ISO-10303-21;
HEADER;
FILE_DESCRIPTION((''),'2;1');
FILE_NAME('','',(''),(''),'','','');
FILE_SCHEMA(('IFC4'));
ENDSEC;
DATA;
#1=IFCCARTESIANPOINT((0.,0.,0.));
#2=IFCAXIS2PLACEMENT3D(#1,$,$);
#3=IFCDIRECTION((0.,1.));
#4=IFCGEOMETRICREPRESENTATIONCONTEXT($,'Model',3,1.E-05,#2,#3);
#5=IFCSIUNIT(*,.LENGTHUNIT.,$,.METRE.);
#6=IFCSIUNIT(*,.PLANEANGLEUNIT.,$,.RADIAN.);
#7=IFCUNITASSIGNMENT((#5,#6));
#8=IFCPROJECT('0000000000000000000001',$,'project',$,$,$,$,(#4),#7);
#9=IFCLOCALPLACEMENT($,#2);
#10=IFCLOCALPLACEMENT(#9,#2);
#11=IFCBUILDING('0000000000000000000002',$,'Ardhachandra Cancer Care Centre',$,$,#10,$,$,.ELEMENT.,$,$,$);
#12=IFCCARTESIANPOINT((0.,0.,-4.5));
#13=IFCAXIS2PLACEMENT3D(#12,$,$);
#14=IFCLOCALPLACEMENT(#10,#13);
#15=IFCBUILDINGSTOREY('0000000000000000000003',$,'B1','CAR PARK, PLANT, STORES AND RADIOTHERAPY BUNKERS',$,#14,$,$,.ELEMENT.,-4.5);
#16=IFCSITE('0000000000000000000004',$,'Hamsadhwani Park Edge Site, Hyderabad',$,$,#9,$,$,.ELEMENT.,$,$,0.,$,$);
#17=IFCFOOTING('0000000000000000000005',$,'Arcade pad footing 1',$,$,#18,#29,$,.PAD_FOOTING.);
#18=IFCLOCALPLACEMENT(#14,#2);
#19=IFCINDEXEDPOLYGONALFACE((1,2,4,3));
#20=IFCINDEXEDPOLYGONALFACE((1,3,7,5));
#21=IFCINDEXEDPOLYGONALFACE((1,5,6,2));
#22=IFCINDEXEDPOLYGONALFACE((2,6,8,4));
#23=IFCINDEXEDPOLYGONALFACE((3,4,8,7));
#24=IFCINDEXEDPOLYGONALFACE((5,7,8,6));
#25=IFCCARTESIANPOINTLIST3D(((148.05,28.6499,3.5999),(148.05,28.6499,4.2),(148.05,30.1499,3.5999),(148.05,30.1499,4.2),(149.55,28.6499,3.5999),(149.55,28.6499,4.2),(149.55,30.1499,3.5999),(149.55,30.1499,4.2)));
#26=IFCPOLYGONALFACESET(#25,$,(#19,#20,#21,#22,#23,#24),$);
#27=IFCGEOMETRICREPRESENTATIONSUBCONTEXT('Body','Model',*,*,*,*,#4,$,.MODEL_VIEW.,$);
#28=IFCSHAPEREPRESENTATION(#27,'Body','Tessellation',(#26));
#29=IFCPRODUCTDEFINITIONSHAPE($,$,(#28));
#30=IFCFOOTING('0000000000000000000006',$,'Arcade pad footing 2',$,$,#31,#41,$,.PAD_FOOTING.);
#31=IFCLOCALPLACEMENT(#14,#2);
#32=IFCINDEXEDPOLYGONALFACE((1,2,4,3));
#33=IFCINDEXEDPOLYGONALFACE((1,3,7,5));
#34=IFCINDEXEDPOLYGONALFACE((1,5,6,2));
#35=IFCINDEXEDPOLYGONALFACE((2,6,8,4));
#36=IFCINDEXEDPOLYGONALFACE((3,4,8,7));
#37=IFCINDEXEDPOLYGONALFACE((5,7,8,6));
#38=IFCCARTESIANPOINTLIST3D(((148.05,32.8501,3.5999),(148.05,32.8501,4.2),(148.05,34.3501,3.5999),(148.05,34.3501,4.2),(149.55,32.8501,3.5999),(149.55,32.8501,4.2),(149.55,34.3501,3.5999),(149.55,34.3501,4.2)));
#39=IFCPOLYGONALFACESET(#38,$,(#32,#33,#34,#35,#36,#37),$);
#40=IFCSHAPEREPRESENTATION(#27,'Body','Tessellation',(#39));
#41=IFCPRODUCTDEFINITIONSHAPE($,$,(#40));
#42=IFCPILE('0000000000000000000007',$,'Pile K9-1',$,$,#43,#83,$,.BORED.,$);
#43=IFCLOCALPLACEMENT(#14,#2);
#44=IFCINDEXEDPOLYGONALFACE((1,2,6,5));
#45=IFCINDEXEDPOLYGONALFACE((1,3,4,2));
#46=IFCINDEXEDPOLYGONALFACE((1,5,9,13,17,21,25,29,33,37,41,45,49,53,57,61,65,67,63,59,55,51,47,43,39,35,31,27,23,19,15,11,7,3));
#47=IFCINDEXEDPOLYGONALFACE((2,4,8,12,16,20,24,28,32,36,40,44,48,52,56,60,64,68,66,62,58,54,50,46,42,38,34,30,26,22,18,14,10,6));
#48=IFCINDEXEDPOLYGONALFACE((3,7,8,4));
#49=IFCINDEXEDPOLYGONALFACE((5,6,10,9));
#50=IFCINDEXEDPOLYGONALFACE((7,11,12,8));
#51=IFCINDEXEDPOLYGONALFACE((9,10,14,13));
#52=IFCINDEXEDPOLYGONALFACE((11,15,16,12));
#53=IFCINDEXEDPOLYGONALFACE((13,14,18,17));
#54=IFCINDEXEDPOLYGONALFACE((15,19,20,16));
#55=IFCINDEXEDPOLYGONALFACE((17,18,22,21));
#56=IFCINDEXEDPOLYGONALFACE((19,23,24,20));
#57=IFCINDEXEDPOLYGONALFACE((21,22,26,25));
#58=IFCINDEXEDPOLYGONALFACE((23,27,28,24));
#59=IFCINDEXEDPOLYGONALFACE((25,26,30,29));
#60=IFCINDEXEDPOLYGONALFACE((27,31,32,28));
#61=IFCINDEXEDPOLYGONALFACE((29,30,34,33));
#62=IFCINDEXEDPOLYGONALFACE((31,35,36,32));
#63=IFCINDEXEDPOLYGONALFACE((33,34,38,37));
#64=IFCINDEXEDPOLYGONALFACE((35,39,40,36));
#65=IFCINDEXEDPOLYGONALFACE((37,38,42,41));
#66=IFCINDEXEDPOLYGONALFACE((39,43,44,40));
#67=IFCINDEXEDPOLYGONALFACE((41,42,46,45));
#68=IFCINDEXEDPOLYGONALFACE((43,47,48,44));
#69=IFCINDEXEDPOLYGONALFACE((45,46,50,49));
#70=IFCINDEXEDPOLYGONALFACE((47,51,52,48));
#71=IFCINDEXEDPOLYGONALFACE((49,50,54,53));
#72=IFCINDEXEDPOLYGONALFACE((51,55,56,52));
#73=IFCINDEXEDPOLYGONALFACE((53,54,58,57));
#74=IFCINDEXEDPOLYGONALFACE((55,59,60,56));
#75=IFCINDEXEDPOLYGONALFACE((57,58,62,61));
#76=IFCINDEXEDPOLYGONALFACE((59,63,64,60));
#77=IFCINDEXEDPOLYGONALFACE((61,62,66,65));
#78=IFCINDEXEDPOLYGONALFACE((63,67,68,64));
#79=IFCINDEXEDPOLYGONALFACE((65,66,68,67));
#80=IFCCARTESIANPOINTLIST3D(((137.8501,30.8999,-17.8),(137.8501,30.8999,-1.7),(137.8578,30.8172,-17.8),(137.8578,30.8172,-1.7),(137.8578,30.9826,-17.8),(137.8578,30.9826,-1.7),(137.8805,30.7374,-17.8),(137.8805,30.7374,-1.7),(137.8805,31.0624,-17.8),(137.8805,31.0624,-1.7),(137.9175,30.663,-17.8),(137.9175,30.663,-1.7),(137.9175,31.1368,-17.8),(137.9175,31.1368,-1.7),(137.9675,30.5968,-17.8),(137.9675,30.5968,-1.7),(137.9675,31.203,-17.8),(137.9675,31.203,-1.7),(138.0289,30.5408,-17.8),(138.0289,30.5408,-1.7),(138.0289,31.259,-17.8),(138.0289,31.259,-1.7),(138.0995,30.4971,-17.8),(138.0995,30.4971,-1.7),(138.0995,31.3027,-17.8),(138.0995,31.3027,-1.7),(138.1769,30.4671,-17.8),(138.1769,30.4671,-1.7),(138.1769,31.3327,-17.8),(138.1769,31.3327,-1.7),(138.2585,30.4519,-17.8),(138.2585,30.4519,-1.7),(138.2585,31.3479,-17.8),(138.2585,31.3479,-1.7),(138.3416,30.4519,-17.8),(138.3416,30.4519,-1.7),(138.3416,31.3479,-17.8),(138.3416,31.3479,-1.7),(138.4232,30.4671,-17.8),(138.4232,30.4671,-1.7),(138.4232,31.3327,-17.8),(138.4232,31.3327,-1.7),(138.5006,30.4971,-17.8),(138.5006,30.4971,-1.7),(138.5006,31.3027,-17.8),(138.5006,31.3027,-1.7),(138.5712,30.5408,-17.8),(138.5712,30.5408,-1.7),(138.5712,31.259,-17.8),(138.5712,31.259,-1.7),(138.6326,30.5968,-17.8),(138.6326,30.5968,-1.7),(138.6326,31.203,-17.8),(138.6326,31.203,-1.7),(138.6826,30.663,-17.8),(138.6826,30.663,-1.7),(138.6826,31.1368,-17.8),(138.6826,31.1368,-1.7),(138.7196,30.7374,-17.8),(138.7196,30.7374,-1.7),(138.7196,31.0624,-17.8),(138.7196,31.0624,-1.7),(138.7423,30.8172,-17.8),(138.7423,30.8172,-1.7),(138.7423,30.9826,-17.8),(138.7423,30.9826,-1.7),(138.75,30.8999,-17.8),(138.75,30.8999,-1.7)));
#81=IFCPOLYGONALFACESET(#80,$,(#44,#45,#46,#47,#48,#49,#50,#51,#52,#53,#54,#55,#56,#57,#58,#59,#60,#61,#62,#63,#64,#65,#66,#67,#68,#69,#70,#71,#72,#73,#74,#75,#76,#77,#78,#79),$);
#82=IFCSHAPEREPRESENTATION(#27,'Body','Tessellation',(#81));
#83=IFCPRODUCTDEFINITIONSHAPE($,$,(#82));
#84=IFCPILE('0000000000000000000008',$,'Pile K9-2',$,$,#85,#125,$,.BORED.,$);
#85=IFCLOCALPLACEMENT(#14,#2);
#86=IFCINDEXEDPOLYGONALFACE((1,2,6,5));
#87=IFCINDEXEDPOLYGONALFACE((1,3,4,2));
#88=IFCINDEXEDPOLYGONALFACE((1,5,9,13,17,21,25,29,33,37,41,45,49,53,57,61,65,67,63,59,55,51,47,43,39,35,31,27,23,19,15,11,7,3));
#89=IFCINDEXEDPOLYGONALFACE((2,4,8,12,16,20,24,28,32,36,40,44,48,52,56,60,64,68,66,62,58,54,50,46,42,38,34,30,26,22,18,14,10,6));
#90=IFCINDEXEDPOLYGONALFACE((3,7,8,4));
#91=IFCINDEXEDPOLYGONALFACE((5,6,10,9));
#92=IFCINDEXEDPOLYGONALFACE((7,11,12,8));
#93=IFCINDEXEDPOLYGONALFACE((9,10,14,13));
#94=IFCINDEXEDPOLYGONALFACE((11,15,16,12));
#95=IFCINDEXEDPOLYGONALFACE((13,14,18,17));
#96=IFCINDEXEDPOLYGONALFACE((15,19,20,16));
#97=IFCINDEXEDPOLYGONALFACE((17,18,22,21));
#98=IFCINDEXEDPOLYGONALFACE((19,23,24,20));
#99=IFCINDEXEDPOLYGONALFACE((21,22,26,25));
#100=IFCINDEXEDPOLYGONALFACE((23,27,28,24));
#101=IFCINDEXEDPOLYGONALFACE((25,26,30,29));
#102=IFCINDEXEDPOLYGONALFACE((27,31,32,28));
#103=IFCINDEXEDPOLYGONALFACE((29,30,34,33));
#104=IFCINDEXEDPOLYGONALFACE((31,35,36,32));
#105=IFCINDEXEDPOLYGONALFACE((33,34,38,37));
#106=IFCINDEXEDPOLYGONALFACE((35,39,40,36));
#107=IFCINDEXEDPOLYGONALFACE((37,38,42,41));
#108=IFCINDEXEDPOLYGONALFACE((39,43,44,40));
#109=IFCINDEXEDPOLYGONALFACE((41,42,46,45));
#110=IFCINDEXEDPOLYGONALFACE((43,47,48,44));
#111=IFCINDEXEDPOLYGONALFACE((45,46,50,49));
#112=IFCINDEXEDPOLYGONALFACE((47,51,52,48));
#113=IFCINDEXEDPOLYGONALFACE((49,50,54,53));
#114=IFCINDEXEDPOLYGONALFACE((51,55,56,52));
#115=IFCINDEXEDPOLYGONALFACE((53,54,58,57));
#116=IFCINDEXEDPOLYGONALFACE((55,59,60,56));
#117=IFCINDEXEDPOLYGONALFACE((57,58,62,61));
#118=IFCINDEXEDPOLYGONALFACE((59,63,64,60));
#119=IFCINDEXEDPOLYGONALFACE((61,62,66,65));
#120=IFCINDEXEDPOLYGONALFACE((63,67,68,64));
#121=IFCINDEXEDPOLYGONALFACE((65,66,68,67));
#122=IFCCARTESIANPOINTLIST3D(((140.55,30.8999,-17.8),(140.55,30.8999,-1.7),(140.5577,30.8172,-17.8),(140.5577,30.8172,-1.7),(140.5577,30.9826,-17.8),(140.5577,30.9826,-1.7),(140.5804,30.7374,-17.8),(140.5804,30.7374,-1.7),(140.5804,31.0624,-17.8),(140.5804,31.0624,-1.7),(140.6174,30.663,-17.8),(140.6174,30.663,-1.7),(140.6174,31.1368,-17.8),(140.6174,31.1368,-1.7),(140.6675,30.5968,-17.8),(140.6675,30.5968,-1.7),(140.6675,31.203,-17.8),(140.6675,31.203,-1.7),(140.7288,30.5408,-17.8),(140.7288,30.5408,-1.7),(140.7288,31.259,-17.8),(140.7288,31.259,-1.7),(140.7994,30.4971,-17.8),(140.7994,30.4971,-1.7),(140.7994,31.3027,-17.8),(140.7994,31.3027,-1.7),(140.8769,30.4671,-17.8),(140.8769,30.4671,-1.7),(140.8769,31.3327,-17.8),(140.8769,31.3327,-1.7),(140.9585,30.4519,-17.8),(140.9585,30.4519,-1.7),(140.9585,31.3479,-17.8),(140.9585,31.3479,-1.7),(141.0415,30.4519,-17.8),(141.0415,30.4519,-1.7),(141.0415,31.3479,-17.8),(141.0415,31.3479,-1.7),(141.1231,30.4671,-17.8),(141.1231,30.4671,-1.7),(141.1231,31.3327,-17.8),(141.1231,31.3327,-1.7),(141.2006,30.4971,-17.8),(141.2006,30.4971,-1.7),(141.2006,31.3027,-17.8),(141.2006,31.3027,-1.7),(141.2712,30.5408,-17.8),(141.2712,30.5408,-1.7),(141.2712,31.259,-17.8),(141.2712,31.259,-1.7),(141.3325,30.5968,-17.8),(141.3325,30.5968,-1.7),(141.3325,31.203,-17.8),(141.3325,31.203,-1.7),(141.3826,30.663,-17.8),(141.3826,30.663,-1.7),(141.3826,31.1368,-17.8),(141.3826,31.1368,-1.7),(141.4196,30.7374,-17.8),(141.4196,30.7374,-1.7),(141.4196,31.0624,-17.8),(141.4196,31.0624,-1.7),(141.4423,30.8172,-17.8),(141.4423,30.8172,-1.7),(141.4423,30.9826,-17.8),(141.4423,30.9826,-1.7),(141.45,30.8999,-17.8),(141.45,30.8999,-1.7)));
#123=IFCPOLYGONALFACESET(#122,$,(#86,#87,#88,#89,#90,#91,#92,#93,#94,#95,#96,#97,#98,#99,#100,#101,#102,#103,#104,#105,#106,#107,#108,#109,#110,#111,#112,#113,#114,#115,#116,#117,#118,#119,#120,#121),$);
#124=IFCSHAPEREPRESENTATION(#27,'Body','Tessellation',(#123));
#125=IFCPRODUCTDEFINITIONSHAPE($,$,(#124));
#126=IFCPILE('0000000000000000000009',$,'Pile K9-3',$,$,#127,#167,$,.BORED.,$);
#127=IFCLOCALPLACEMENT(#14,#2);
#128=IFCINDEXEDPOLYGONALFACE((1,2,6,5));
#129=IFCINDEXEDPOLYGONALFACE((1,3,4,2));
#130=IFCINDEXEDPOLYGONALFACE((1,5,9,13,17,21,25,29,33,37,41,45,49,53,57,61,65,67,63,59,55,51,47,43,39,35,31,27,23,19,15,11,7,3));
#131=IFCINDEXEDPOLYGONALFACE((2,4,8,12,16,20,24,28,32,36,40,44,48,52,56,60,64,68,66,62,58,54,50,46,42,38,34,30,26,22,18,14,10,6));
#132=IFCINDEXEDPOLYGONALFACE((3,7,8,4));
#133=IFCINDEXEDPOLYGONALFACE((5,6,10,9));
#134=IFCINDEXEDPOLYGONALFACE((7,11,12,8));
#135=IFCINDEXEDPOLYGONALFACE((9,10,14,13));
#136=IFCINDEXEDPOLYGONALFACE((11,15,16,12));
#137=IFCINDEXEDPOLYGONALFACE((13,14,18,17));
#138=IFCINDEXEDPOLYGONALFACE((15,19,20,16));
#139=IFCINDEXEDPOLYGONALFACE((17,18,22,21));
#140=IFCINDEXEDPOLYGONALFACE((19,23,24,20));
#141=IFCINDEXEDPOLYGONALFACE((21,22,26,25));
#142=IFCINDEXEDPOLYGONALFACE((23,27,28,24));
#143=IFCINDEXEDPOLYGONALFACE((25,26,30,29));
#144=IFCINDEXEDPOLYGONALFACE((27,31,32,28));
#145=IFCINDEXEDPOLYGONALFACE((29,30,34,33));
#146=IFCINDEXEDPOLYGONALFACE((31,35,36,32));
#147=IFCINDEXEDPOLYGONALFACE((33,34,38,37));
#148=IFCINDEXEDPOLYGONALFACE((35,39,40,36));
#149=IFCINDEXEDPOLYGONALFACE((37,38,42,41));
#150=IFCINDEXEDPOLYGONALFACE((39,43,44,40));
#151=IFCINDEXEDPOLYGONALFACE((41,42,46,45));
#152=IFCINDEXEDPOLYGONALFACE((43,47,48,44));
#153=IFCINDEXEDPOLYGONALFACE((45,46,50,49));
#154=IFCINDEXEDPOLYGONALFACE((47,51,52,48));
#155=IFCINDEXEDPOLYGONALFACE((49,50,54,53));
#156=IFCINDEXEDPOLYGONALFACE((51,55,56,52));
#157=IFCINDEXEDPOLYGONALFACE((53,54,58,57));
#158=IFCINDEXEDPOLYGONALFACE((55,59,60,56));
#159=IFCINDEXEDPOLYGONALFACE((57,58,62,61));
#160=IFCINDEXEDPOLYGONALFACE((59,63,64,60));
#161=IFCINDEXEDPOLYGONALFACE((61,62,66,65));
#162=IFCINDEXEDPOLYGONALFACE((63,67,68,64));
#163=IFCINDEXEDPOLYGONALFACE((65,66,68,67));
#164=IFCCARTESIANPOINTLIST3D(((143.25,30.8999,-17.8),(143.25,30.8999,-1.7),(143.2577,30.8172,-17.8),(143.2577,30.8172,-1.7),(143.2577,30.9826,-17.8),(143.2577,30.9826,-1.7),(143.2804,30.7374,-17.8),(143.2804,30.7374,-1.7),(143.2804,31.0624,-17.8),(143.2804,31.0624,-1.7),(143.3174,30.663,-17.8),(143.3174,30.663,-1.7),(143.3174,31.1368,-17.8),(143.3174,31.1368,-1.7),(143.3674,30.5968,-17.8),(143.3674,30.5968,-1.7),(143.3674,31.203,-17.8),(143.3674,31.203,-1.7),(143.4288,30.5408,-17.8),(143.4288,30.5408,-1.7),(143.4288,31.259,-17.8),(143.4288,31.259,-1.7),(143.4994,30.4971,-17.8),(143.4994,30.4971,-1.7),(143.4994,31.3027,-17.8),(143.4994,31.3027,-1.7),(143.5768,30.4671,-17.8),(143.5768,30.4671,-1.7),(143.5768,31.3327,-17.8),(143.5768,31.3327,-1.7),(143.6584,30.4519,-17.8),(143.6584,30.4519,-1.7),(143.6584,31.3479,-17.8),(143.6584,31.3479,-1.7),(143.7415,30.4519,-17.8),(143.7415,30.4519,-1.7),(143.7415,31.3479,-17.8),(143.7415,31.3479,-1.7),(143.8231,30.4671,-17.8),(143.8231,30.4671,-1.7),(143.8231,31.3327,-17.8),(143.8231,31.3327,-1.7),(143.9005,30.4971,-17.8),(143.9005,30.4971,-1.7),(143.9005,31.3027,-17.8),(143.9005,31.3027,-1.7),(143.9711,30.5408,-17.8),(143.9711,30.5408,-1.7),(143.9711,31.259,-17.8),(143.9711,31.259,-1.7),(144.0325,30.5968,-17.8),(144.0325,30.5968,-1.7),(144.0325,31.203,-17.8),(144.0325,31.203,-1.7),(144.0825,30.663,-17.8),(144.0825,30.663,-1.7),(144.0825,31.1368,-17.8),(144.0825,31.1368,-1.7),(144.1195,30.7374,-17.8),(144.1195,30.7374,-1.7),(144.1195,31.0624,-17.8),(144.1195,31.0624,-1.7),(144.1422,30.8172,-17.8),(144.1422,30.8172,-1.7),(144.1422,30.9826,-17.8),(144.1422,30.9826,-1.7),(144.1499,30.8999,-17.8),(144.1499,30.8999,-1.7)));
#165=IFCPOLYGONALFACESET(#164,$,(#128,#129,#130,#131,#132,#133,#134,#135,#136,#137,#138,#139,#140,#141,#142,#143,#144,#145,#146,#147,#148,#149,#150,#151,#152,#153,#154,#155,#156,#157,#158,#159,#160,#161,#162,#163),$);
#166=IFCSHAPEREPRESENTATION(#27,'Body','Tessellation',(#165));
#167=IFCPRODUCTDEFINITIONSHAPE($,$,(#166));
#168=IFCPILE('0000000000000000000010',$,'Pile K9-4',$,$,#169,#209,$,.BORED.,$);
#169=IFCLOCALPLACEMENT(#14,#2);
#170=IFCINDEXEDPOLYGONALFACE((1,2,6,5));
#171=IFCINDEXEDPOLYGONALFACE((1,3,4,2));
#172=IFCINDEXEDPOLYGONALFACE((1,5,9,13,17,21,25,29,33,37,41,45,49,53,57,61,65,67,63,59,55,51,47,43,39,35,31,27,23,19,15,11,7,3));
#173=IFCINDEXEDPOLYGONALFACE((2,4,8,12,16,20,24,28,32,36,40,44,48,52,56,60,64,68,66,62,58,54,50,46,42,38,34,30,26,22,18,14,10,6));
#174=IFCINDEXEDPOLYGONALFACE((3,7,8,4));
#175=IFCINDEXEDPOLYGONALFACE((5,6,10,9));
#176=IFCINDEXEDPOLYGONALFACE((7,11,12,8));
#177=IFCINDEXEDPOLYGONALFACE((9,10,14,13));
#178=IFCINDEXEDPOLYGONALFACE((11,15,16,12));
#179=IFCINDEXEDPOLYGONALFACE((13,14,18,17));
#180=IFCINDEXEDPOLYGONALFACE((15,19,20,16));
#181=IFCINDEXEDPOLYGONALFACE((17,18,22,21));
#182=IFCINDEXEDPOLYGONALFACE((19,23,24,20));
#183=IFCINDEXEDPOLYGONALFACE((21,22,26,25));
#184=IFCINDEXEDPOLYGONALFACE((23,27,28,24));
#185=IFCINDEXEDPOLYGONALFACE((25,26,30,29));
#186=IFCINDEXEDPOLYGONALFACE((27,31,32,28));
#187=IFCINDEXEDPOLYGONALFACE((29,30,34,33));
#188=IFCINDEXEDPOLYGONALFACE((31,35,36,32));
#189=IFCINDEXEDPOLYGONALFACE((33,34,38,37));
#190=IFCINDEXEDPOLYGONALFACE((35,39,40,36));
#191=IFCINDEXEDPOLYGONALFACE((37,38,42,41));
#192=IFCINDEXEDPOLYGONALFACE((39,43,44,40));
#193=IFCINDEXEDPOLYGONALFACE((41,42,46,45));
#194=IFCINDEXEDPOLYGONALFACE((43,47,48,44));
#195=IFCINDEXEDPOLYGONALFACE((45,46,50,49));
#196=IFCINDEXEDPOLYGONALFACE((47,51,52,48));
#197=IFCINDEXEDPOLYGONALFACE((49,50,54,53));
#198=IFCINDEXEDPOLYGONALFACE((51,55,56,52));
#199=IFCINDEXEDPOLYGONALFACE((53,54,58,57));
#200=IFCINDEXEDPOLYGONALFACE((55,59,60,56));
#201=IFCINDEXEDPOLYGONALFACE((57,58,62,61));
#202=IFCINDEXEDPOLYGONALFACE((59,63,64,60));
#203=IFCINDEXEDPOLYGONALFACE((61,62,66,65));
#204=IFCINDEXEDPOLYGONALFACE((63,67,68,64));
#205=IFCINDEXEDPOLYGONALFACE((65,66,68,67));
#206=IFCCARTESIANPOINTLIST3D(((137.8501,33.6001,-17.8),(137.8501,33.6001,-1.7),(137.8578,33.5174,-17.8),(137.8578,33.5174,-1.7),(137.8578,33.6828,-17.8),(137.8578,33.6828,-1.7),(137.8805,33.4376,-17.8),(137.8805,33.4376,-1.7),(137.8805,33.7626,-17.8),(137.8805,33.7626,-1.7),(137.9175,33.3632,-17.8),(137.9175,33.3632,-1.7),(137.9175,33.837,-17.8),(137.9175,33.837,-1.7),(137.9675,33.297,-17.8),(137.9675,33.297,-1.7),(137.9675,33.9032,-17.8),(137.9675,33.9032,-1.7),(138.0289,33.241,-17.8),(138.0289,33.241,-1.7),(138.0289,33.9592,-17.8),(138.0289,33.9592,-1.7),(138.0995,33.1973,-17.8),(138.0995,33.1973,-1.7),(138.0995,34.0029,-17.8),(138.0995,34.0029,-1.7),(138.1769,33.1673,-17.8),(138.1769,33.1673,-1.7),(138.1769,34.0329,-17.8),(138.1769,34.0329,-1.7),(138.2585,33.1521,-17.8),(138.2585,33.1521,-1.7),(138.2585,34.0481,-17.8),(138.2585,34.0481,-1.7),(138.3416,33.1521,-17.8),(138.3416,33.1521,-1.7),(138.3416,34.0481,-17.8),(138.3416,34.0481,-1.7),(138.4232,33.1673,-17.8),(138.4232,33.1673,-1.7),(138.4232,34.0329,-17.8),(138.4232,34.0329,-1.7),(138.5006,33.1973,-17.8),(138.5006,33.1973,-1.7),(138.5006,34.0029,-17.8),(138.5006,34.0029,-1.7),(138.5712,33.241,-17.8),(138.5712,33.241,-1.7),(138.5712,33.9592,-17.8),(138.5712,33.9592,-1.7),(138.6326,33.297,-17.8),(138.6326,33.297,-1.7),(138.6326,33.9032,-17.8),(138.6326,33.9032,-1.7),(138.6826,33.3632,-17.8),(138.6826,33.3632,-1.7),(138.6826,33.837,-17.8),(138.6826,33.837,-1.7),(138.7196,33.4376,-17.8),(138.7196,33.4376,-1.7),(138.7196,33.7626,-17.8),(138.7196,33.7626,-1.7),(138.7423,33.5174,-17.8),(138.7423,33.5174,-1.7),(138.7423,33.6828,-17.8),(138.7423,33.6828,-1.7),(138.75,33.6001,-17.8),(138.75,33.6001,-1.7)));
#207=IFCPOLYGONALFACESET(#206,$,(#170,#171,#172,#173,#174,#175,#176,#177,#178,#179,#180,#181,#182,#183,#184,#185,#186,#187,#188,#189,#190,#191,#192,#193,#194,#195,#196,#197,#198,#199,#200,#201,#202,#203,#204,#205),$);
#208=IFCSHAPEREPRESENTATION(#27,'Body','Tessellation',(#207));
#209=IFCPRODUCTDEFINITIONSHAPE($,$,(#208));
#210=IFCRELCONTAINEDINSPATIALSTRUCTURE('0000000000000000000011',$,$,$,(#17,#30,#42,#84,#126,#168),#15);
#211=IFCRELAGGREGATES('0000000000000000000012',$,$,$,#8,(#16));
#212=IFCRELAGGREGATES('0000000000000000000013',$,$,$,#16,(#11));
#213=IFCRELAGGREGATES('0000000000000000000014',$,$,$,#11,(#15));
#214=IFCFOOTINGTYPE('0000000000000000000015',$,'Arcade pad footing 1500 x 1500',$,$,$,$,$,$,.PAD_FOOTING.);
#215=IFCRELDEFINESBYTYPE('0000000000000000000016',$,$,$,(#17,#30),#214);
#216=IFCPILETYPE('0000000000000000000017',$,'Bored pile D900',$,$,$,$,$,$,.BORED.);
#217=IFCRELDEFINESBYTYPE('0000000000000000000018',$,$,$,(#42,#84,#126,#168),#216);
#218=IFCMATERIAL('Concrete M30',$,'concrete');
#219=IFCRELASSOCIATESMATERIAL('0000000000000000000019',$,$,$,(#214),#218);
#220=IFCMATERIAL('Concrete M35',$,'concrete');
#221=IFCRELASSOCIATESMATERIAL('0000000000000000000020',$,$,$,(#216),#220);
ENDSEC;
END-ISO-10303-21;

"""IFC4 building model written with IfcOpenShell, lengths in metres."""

from ifc_helpers import new_model, si_unit, direction, frame, origin, origin_2d, place, context, subcontext, project, spatial, rectangle, circle, extrude, material, material_profile, profile_set, type_object, element, save


model = new_model("IFC4")

# Units and contexts
model_context = context("Model", 3, precision=1e-05, world=origin(), true_north=direction((0.0, 1.0)))
body_context = subcontext(model_context, "Body", "Model", "MODEL_VIEW")
ifc_project = project(units=[si_unit("LENGTHUNIT", "METRE"), si_unit("PLANEANGLEUNIT", "RADIAN")], contexts=[model_context])

# Site, building, storey
site_placement = place(None, origin())
site = spatial("IfcSite", under=ifc_project, at=site_placement, Name="Hamsadhwani Park Edge Site, Hyderabad", CompositionType="ELEMENT", RefElevation=0.0)
building_placement = place(site_placement, origin())
building = spatial("IfcBuilding", under=site, at=building_placement, Name="Ardhachandra Cancer Care Centre", CompositionType="ELEMENT")
storey_placement = place(building_placement, frame((0.0, 0.0, -4.5)))
storey = spatial("IfcBuildingStorey", under=building, at=storey_placement, Name="B1", Description="CAR PARK, PLANT, STORES AND RADIOTHERAPY BUNKERS", CompositionType="ELEMENT", Elevation=-4.5)

# Footings
ifc_material_1 = material(Name="Concrete M30", Category="concrete")
footing_type = type_object("IfcFootingType", Name="Arcade pad footing 1500 x 1500", PredefinedType="PAD_FOOTING", material=ifc_material_1)
for number, where, z_axis, x_axis, name in (
    (1, (148.8, 29.3999, 3.5999), (0.0, 0.0, 1.0), (1.0, 0.0, 0.0), "Arcade pad footing 1"),
    (2, (148.8, 33.6001, 3.5999), (0.0, 0.0, 1.0), (1.0, 0.0, 0.0), "Arcade pad footing 2"),
):
    element("IfcFooting", number, at=place(storey_placement, frame(where, z_axis=z_axis, x_axis=x_axis)), inside=storey, type_object=footing_type, Name=name, PredefinedType="PAD_FOOTING", context=body_context, shape_type="SweptSolid", body=[
        extrude(rectangle(XDim=1.5, YDim=1.5, at=origin_2d()), origin(), (0.0, 0.0, 1.0), 0.6001),
    ])

# Piles
ifc_material_2 = material(Name="Concrete M35", Category="concrete")
ifc_material_profile = material_profile(ifc_material_2, circle(Radius=0.45, at=origin_2d()), Name="D900")
ifc_profile_set = profile_set([ifc_material_profile], Name="Concrete M35")
pile_type = type_object("IfcPileType", Name="Bored pile D900", PredefinedType="BORED", material=ifc_profile_set)
for number, where, z_axis, x_axis, name in (
    (3, (138.3, 30.8999, -1.7), (0.0, 0.0, -1.0), (1.0, 0.0, 0.0), "Pile K9-1"),
    (4, (141.0, 30.8999, -1.7), (0.0, 0.0, -1.0), (1.0, 0.0, 0.0), "Pile K9-2"),
    (5, (143.7, 30.8999, -1.7), (0.0, 0.0, -1.0), (1.0, 0.0, 0.0), "Pile K9-3"),
    (6, (138.3, 33.6001, -1.7), (0.0, 0.0, -1.0), (1.0, 0.0, 0.0), "Pile K9-4"),
):
    element("IfcPile", number, at=place(storey_placement, frame(where, z_axis=z_axis, x_axis=x_axis)), inside=storey, type_object=pile_type, Name=name, PredefinedType="BORED", context=body_context, shape_type="SweptSolid", body=[
        extrude(circle(Radius=0.45, at=origin_2d()), origin(), (0.0, 0.0, 1.0), 16.1001),
    ])

save(model, "model.ifc")
